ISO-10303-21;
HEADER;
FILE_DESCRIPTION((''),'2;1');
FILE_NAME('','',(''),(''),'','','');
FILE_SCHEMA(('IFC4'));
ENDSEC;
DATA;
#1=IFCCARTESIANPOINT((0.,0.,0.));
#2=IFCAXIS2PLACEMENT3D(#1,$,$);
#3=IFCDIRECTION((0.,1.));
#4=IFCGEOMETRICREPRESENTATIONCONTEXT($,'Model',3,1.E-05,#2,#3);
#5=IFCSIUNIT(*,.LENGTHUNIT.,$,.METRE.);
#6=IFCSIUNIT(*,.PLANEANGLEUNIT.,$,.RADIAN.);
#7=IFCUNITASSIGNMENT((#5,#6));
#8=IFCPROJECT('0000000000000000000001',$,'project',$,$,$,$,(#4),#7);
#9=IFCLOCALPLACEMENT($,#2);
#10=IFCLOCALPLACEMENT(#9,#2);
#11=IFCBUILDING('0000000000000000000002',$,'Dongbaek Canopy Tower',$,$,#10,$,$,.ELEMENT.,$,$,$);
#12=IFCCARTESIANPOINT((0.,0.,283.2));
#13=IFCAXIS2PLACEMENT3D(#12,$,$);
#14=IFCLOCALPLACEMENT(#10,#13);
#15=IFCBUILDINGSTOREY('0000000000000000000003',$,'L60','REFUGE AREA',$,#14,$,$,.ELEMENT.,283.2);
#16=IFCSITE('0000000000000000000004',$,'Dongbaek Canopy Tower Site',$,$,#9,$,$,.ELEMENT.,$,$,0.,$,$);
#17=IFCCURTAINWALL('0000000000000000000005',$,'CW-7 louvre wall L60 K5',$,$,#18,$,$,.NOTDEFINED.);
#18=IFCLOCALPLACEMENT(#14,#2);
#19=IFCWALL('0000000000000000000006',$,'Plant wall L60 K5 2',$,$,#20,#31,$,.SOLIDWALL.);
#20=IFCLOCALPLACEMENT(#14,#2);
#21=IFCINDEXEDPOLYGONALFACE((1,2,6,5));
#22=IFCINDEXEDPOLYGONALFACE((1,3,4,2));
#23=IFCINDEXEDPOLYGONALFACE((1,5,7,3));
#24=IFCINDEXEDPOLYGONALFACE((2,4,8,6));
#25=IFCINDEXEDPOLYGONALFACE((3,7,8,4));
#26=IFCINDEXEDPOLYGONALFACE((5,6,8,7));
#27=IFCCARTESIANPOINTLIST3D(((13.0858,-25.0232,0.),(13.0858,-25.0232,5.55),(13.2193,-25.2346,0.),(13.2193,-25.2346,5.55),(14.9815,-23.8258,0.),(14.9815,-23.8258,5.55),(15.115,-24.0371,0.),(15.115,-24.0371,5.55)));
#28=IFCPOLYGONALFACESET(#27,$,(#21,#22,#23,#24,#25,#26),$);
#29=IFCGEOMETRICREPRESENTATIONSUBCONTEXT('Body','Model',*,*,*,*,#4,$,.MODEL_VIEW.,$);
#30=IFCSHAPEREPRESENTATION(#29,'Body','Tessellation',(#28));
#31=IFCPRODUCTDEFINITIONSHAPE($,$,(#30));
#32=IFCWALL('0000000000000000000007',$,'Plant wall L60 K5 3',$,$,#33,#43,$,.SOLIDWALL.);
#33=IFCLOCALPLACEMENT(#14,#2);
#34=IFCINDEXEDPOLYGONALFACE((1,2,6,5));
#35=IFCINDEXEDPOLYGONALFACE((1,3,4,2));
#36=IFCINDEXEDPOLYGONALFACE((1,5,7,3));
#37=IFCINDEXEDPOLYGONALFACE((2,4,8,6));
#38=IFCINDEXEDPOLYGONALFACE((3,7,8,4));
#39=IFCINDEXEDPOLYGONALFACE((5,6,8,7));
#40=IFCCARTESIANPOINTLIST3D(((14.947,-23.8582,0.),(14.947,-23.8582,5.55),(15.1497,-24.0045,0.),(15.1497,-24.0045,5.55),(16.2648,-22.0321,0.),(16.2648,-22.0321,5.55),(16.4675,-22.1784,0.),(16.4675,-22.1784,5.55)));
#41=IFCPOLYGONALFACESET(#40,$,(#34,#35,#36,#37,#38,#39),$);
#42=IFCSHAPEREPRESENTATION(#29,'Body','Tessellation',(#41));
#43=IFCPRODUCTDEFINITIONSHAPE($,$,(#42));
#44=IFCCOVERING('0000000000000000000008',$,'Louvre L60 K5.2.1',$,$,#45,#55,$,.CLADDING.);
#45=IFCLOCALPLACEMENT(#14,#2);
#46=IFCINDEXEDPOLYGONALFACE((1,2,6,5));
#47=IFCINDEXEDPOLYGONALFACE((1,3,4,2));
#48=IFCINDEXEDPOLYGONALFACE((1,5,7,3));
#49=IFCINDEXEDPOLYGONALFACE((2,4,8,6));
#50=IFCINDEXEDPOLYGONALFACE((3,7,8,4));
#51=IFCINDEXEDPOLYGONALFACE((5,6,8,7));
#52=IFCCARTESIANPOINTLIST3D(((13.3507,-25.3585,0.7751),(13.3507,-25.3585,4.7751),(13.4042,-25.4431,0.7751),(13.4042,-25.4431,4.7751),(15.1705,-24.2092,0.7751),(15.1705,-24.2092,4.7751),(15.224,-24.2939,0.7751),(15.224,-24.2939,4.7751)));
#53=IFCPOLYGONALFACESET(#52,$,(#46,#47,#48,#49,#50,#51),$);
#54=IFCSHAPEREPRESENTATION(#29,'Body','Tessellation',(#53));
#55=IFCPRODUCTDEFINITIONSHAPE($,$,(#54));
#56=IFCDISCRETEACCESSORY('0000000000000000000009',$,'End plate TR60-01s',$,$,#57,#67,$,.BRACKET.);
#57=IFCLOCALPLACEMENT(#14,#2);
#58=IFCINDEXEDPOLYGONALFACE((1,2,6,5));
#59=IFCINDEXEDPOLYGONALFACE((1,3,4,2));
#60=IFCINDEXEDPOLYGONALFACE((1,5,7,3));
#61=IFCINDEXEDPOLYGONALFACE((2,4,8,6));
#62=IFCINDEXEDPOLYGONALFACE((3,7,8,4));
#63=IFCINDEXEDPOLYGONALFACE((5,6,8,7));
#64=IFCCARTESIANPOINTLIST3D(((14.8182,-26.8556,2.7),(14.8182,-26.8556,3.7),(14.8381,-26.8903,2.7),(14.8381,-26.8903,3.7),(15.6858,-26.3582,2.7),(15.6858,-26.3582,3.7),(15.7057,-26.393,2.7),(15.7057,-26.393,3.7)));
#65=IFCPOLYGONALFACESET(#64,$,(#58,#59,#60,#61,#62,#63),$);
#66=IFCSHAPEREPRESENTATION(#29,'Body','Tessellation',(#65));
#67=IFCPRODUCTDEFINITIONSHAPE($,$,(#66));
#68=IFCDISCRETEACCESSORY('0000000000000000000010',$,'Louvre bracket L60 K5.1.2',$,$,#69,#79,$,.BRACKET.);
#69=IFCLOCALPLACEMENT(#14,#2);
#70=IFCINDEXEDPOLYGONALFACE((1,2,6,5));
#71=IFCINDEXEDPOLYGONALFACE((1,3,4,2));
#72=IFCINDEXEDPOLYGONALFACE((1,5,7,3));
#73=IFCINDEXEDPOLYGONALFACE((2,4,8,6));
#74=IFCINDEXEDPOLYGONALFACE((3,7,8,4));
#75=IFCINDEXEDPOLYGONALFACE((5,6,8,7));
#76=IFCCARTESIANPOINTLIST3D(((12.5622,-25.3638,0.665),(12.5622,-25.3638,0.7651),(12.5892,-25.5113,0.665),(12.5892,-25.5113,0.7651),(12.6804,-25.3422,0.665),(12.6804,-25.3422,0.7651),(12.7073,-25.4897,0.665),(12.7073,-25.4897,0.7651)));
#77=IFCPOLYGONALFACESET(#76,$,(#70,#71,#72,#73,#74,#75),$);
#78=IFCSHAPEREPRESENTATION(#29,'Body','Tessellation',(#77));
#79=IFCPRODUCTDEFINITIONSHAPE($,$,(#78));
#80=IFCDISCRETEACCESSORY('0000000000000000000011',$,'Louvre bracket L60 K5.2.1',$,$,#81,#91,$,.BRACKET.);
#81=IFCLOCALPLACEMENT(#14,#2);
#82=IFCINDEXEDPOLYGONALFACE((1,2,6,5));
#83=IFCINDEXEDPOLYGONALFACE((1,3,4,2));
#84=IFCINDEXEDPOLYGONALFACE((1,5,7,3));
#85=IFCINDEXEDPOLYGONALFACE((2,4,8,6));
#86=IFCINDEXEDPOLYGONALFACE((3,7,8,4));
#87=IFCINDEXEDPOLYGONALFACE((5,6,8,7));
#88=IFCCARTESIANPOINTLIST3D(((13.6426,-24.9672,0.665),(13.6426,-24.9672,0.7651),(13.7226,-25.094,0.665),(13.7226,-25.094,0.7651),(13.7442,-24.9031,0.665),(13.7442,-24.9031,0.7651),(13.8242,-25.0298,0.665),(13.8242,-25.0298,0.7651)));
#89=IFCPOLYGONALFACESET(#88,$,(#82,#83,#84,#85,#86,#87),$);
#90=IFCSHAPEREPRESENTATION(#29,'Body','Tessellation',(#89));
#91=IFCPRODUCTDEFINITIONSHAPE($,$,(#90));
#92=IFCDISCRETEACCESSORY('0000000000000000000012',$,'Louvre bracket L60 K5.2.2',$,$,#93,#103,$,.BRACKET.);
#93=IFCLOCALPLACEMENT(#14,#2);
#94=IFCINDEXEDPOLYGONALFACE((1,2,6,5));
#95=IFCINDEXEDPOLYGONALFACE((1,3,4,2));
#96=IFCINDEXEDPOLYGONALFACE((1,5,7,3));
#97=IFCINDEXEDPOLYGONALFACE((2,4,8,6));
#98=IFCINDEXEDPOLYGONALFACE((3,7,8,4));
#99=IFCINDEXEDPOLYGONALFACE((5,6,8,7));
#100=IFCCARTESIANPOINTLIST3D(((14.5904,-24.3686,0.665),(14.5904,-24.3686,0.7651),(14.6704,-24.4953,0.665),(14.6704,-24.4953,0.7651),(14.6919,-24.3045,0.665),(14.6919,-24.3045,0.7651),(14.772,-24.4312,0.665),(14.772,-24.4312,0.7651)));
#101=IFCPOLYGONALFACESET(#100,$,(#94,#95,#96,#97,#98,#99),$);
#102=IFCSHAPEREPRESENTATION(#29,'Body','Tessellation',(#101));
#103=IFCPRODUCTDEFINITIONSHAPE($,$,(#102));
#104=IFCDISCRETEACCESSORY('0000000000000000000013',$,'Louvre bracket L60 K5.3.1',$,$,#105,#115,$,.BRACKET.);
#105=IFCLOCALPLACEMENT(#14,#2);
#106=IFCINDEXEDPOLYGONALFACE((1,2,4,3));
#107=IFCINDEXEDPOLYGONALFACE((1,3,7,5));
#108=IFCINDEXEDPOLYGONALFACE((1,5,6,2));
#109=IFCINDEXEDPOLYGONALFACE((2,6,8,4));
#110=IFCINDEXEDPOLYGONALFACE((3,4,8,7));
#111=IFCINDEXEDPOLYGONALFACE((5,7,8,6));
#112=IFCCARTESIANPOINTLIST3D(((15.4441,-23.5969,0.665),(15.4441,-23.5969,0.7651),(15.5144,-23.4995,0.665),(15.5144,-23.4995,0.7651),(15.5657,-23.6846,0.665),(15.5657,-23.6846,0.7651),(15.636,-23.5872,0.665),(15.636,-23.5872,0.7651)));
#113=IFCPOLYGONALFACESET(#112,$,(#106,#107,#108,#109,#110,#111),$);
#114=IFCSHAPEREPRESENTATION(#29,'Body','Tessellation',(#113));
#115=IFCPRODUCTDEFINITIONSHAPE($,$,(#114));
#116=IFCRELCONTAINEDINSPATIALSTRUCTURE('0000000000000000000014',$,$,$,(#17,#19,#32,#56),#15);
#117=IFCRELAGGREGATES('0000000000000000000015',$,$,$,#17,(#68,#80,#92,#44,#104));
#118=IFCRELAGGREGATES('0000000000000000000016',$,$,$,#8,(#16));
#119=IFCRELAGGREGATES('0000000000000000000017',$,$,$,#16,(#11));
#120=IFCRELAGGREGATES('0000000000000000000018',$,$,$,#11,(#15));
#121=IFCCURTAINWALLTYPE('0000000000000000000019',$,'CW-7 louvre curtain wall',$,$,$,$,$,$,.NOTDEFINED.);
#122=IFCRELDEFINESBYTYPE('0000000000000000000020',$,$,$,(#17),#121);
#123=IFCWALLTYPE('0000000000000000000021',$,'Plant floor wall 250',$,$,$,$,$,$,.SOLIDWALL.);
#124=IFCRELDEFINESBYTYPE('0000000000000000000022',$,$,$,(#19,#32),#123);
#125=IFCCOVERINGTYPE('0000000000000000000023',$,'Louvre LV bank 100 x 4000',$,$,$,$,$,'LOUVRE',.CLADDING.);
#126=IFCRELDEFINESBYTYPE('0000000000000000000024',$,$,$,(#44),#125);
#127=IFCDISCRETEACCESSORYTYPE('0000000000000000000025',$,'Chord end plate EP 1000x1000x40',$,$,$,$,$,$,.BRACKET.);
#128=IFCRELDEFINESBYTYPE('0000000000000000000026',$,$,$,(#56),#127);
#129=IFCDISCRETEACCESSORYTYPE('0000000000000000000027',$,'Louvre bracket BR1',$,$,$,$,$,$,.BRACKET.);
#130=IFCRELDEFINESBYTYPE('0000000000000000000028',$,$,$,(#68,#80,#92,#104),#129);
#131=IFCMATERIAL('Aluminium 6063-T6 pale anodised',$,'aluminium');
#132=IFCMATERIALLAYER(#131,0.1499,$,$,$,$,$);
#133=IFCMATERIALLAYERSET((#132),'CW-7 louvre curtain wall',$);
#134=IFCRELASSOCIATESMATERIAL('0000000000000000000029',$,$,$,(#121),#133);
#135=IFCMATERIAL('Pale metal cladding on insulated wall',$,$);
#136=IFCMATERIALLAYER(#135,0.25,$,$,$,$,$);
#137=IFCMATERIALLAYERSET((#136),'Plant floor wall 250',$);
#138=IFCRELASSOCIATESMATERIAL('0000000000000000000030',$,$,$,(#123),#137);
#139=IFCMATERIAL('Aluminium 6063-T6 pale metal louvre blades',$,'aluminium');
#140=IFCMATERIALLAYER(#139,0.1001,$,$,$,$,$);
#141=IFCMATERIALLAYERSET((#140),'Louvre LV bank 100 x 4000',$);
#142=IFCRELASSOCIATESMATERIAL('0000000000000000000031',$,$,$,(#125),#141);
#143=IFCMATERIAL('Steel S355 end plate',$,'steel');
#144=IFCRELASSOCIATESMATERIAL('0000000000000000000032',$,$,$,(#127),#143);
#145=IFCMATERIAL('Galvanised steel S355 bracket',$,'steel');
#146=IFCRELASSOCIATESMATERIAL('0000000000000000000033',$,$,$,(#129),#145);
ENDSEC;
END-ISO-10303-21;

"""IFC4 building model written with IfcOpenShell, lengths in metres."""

from ifc_helpers import new_model, si_unit, direction, frame, frame_2d, origin, origin_2d, place, context, subcontext, project, spatial, rectangle, extrude, material, layer, layer_set, type_object, element, aggregate, save


model = new_model("IFC4")

# Units and contexts
model_context = context("Model", 3, precision=1e-05, world=origin(), true_north=direction((0.0, 1.0)))
body_context = subcontext(model_context, "Body", "Model", "MODEL_VIEW")
ifc_project = project(units=[si_unit("LENGTHUNIT", "METRE"), si_unit("PLANEANGLEUNIT", "RADIAN")], contexts=[model_context])

# Site, building, storey
site_placement = place(None, origin())
site = spatial("IfcSite", under=ifc_project, at=site_placement, Name="Dongbaek Canopy Tower Site", CompositionType="ELEMENT", RefElevation=0.0)
building_placement = place(site_placement, origin())
building = spatial("IfcBuilding", under=site, at=building_placement, Name="Dongbaek Canopy Tower", CompositionType="ELEMENT")
storey_placement = place(building_placement, frame((0.0, 0.0, 283.2)))
storey = spatial("IfcBuildingStorey", under=building, at=storey_placement, Name="L60", Description="REFUGE AREA", CompositionType="ELEMENT", Elevation=283.2)

# Curtain wall
ifc_material_1 = material(Name="Aluminium 6063-T6 pale anodised", Category="aluminium")
ifc_layer_1 = layer(ifc_material_1, 0.1499)
ifc_layer_set_1 = layer_set([ifc_layer_1], Name="CW-7 louvre curtain wall")
curtain_wall_type = type_object("IfcCurtainWallType", Name="CW-7 louvre curtain wall", PredefinedType="NOTDEFINED", material=ifc_layer_set_1)
curtain_wall_placement = place(storey_placement, origin())
curtain_wall = element("IfcCurtainWall", 1, at=curtain_wall_placement, inside=storey, type_object=curtain_wall_type, Name="CW-7 louvre wall L60 K5", PredefinedType="NOTDEFINED")

# Walls
ifc_material_2 = material(Name="Pale metal cladding on insulated wall")
ifc_layer_2 = layer(ifc_material_2, 0.25)
ifc_layer_set_2 = layer_set([ifc_layer_2], Name="Plant floor wall 250")
wall_type = type_object("IfcWallType", Name="Plant floor wall 250", PredefinedType="SOLIDWALL", material=ifc_layer_set_2)
wall_1_placement = place(storey_placement, frame((13.1526, -25.1289, 0.0), z_axis=(0.0, 0.0, 1.0), x_axis=(0.84545, 0.534054, 0.0)))
element("IfcWall", 2, at=wall_1_placement, inside=storey, type_object=wall_type, Name="Plant wall L60 K5 2", PredefinedType="SOLIDWALL", context=body_context, shape_type="SweptSolid", body=[
    extrude(rectangle(XDim=2.2422, YDim=0.25, at=frame_2d((1.1211, 0.0))), origin(), (0.0, 0.0, 1.0), 5.55),
])
wall_2_placement = place(storey_placement, frame((15.0483, -23.9314, 0.0), z_axis=(0.0, 0.0, 1.0), x_axis=(0.58519, 0.810896, 0.0)))
element("IfcWall", 3, at=wall_2_placement, inside=storey, type_object=wall_type, Name="Plant wall L60 K5 3", PredefinedType="SOLIDWALL", context=body_context, shape_type="SweptSolid", body=[
    extrude(rectangle(XDim=2.252, YDim=0.25, at=frame_2d((1.126, 0.0))), origin(), (0.0, 0.0, 1.0), 5.55),
])

# Covering
ifc_material_3 = material(Name="Aluminium 6063-T6 pale metal louvre blades", Category="aluminium")
ifc_layer_3 = layer(ifc_material_3, 0.1001)
ifc_layer_set_3 = layer_set([ifc_layer_3], Name="Louvre LV bank 100 x 4000")
covering_type = type_object("IfcCoveringType", Name="Louvre LV bank 100 x 4000", ElementType="LOUVRE", PredefinedType="CLADDING", material=ifc_layer_set_3)
covering_placement = place(storey_placement, frame((14.2874, -24.8262, 0.7751), z_axis=(0.0, 0.0, 1.0), x_axis=(0.845507, 0.533965, 0.0)))
covering = element("IfcCovering", 4, at=covering_placement, type_object=covering_type, Name="Louvre L60 K5.2.1", PredefinedType="CLADDING", context=body_context, shape_type="SweptSolid", body=[
    extrude(rectangle(XDim=2.1523, YDim=0.1001, at=origin_2d()), origin(), (0.0, 0.0, 1.0), 4.0),
])

# Discrete accessories
ifc_material_4 = material(Name="Steel S355 end plate", Category="steel")
discrete_accessory_type_1 = type_object("IfcDiscreteAccessoryType", Name="Chord end plate EP 1000x1000x40", PredefinedType="BRACKET", material=ifc_material_4)
discrete_accessory_1_placement = place(storey_placement, frame((15.262, -26.6243, 2.7), z_axis=(0.0, 0.0, 1.0), x_axis=(-0.497319, 0.867568, 0.0)))
element("IfcDiscreteAccessory", 5, at=discrete_accessory_1_placement, inside=storey, type_object=discrete_accessory_type_1, Name="End plate TR60-01s", PredefinedType="BRACKET", context=body_context, shape_type="SweptSolid", body=[
    extrude(rectangle(XDim=0.04, YDim=1.0, at=origin_2d()), origin(), (0.0, 0.0, 1.0), 1.0),
])
ifc_material_5 = material(Name="Galvanised steel S355 bracket", Category="steel")
discrete_accessory_type_2 = type_object("IfcDiscreteAccessoryType", Name="Louvre bracket BR1", PredefinedType="BRACKET", material=ifc_material_5)
discrete_accessory_2_placement = place(storey_placement, frame((12.6348, -25.4268, 0.665), z_axis=(0.0, 0.0, 1.0), x_axis=(0.983702, 0.179807, 0.0)))
discrete_accessory_2 = element("IfcDiscreteAccessory", 6, at=discrete_accessory_2_placement, type_object=discrete_accessory_type_2, Name="Louvre bracket L60 K5.1.2", PredefinedType="BRACKET", context=body_context, shape_type="SweptSolid", body=[
    extrude(rectangle(XDim=0.1201, YDim=0.1499, at=origin_2d()), origin(), (0.0, 0.0, 1.0), 0.1001),
])
discrete_accessory_3_placement = place(storey_placement, frame((13.7334, -24.9985, 0.665), z_axis=(0.0, 0.0, 1.0), x_axis=(0.845507, 0.533965, 0.0)))
discrete_accessory_3 = element("IfcDiscreteAccessory", 7, at=discrete_accessory_3_placement, type_object=discrete_accessory_type_2, Name="Louvre bracket L60 K5.2.1", PredefinedType="BRACKET", context=body_context, shape_type="SweptSolid", body=[
    extrude(rectangle(XDim=0.1201, YDim=0.1499, at=origin_2d()), origin(), (0.0, 0.0, 1.0), 0.1001),
])
discrete_accessory_4_placement = place(storey_placement, frame((14.6812, -24.3999, 0.665), z_axis=(0.0, 0.0, 1.0), x_axis=(0.845507, 0.533965, 0.0)))
discrete_accessory_4 = element("IfcDiscreteAccessory", 8, at=discrete_accessory_4_placement, type_object=discrete_accessory_type_2, Name="Louvre bracket L60 K5.2.2", PredefinedType="BRACKET", context=body_context, shape_type="SweptSolid", body=[
    extrude(rectangle(XDim=0.1201, YDim=0.1499, at=origin_2d()), origin(), (0.0, 0.0, 1.0), 0.1001),
])
discrete_accessory_5_placement = place(storey_placement, frame((15.54, -23.592, 0.665), z_axis=(0.0, 0.0, 1.0), x_axis=(0.585115, 0.81095, 0.0)))
discrete_accessory_5 = element("IfcDiscreteAccessory", 9, at=discrete_accessory_5_placement, type_object=discrete_accessory_type_2, Name="Louvre bracket L60 K5.3.1", PredefinedType="BRACKET", context=body_context, shape_type="SweptSolid", body=[
    extrude(rectangle(XDim=0.1201, YDim=0.1499, at=origin_2d()), origin(), (0.0, 0.0, 1.0), 0.1001),
])
aggregate(curtain_wall, [discrete_accessory_2, discrete_accessory_3, discrete_accessory_4, covering, discrete_accessory_5])

save(model, "model.ifc")
